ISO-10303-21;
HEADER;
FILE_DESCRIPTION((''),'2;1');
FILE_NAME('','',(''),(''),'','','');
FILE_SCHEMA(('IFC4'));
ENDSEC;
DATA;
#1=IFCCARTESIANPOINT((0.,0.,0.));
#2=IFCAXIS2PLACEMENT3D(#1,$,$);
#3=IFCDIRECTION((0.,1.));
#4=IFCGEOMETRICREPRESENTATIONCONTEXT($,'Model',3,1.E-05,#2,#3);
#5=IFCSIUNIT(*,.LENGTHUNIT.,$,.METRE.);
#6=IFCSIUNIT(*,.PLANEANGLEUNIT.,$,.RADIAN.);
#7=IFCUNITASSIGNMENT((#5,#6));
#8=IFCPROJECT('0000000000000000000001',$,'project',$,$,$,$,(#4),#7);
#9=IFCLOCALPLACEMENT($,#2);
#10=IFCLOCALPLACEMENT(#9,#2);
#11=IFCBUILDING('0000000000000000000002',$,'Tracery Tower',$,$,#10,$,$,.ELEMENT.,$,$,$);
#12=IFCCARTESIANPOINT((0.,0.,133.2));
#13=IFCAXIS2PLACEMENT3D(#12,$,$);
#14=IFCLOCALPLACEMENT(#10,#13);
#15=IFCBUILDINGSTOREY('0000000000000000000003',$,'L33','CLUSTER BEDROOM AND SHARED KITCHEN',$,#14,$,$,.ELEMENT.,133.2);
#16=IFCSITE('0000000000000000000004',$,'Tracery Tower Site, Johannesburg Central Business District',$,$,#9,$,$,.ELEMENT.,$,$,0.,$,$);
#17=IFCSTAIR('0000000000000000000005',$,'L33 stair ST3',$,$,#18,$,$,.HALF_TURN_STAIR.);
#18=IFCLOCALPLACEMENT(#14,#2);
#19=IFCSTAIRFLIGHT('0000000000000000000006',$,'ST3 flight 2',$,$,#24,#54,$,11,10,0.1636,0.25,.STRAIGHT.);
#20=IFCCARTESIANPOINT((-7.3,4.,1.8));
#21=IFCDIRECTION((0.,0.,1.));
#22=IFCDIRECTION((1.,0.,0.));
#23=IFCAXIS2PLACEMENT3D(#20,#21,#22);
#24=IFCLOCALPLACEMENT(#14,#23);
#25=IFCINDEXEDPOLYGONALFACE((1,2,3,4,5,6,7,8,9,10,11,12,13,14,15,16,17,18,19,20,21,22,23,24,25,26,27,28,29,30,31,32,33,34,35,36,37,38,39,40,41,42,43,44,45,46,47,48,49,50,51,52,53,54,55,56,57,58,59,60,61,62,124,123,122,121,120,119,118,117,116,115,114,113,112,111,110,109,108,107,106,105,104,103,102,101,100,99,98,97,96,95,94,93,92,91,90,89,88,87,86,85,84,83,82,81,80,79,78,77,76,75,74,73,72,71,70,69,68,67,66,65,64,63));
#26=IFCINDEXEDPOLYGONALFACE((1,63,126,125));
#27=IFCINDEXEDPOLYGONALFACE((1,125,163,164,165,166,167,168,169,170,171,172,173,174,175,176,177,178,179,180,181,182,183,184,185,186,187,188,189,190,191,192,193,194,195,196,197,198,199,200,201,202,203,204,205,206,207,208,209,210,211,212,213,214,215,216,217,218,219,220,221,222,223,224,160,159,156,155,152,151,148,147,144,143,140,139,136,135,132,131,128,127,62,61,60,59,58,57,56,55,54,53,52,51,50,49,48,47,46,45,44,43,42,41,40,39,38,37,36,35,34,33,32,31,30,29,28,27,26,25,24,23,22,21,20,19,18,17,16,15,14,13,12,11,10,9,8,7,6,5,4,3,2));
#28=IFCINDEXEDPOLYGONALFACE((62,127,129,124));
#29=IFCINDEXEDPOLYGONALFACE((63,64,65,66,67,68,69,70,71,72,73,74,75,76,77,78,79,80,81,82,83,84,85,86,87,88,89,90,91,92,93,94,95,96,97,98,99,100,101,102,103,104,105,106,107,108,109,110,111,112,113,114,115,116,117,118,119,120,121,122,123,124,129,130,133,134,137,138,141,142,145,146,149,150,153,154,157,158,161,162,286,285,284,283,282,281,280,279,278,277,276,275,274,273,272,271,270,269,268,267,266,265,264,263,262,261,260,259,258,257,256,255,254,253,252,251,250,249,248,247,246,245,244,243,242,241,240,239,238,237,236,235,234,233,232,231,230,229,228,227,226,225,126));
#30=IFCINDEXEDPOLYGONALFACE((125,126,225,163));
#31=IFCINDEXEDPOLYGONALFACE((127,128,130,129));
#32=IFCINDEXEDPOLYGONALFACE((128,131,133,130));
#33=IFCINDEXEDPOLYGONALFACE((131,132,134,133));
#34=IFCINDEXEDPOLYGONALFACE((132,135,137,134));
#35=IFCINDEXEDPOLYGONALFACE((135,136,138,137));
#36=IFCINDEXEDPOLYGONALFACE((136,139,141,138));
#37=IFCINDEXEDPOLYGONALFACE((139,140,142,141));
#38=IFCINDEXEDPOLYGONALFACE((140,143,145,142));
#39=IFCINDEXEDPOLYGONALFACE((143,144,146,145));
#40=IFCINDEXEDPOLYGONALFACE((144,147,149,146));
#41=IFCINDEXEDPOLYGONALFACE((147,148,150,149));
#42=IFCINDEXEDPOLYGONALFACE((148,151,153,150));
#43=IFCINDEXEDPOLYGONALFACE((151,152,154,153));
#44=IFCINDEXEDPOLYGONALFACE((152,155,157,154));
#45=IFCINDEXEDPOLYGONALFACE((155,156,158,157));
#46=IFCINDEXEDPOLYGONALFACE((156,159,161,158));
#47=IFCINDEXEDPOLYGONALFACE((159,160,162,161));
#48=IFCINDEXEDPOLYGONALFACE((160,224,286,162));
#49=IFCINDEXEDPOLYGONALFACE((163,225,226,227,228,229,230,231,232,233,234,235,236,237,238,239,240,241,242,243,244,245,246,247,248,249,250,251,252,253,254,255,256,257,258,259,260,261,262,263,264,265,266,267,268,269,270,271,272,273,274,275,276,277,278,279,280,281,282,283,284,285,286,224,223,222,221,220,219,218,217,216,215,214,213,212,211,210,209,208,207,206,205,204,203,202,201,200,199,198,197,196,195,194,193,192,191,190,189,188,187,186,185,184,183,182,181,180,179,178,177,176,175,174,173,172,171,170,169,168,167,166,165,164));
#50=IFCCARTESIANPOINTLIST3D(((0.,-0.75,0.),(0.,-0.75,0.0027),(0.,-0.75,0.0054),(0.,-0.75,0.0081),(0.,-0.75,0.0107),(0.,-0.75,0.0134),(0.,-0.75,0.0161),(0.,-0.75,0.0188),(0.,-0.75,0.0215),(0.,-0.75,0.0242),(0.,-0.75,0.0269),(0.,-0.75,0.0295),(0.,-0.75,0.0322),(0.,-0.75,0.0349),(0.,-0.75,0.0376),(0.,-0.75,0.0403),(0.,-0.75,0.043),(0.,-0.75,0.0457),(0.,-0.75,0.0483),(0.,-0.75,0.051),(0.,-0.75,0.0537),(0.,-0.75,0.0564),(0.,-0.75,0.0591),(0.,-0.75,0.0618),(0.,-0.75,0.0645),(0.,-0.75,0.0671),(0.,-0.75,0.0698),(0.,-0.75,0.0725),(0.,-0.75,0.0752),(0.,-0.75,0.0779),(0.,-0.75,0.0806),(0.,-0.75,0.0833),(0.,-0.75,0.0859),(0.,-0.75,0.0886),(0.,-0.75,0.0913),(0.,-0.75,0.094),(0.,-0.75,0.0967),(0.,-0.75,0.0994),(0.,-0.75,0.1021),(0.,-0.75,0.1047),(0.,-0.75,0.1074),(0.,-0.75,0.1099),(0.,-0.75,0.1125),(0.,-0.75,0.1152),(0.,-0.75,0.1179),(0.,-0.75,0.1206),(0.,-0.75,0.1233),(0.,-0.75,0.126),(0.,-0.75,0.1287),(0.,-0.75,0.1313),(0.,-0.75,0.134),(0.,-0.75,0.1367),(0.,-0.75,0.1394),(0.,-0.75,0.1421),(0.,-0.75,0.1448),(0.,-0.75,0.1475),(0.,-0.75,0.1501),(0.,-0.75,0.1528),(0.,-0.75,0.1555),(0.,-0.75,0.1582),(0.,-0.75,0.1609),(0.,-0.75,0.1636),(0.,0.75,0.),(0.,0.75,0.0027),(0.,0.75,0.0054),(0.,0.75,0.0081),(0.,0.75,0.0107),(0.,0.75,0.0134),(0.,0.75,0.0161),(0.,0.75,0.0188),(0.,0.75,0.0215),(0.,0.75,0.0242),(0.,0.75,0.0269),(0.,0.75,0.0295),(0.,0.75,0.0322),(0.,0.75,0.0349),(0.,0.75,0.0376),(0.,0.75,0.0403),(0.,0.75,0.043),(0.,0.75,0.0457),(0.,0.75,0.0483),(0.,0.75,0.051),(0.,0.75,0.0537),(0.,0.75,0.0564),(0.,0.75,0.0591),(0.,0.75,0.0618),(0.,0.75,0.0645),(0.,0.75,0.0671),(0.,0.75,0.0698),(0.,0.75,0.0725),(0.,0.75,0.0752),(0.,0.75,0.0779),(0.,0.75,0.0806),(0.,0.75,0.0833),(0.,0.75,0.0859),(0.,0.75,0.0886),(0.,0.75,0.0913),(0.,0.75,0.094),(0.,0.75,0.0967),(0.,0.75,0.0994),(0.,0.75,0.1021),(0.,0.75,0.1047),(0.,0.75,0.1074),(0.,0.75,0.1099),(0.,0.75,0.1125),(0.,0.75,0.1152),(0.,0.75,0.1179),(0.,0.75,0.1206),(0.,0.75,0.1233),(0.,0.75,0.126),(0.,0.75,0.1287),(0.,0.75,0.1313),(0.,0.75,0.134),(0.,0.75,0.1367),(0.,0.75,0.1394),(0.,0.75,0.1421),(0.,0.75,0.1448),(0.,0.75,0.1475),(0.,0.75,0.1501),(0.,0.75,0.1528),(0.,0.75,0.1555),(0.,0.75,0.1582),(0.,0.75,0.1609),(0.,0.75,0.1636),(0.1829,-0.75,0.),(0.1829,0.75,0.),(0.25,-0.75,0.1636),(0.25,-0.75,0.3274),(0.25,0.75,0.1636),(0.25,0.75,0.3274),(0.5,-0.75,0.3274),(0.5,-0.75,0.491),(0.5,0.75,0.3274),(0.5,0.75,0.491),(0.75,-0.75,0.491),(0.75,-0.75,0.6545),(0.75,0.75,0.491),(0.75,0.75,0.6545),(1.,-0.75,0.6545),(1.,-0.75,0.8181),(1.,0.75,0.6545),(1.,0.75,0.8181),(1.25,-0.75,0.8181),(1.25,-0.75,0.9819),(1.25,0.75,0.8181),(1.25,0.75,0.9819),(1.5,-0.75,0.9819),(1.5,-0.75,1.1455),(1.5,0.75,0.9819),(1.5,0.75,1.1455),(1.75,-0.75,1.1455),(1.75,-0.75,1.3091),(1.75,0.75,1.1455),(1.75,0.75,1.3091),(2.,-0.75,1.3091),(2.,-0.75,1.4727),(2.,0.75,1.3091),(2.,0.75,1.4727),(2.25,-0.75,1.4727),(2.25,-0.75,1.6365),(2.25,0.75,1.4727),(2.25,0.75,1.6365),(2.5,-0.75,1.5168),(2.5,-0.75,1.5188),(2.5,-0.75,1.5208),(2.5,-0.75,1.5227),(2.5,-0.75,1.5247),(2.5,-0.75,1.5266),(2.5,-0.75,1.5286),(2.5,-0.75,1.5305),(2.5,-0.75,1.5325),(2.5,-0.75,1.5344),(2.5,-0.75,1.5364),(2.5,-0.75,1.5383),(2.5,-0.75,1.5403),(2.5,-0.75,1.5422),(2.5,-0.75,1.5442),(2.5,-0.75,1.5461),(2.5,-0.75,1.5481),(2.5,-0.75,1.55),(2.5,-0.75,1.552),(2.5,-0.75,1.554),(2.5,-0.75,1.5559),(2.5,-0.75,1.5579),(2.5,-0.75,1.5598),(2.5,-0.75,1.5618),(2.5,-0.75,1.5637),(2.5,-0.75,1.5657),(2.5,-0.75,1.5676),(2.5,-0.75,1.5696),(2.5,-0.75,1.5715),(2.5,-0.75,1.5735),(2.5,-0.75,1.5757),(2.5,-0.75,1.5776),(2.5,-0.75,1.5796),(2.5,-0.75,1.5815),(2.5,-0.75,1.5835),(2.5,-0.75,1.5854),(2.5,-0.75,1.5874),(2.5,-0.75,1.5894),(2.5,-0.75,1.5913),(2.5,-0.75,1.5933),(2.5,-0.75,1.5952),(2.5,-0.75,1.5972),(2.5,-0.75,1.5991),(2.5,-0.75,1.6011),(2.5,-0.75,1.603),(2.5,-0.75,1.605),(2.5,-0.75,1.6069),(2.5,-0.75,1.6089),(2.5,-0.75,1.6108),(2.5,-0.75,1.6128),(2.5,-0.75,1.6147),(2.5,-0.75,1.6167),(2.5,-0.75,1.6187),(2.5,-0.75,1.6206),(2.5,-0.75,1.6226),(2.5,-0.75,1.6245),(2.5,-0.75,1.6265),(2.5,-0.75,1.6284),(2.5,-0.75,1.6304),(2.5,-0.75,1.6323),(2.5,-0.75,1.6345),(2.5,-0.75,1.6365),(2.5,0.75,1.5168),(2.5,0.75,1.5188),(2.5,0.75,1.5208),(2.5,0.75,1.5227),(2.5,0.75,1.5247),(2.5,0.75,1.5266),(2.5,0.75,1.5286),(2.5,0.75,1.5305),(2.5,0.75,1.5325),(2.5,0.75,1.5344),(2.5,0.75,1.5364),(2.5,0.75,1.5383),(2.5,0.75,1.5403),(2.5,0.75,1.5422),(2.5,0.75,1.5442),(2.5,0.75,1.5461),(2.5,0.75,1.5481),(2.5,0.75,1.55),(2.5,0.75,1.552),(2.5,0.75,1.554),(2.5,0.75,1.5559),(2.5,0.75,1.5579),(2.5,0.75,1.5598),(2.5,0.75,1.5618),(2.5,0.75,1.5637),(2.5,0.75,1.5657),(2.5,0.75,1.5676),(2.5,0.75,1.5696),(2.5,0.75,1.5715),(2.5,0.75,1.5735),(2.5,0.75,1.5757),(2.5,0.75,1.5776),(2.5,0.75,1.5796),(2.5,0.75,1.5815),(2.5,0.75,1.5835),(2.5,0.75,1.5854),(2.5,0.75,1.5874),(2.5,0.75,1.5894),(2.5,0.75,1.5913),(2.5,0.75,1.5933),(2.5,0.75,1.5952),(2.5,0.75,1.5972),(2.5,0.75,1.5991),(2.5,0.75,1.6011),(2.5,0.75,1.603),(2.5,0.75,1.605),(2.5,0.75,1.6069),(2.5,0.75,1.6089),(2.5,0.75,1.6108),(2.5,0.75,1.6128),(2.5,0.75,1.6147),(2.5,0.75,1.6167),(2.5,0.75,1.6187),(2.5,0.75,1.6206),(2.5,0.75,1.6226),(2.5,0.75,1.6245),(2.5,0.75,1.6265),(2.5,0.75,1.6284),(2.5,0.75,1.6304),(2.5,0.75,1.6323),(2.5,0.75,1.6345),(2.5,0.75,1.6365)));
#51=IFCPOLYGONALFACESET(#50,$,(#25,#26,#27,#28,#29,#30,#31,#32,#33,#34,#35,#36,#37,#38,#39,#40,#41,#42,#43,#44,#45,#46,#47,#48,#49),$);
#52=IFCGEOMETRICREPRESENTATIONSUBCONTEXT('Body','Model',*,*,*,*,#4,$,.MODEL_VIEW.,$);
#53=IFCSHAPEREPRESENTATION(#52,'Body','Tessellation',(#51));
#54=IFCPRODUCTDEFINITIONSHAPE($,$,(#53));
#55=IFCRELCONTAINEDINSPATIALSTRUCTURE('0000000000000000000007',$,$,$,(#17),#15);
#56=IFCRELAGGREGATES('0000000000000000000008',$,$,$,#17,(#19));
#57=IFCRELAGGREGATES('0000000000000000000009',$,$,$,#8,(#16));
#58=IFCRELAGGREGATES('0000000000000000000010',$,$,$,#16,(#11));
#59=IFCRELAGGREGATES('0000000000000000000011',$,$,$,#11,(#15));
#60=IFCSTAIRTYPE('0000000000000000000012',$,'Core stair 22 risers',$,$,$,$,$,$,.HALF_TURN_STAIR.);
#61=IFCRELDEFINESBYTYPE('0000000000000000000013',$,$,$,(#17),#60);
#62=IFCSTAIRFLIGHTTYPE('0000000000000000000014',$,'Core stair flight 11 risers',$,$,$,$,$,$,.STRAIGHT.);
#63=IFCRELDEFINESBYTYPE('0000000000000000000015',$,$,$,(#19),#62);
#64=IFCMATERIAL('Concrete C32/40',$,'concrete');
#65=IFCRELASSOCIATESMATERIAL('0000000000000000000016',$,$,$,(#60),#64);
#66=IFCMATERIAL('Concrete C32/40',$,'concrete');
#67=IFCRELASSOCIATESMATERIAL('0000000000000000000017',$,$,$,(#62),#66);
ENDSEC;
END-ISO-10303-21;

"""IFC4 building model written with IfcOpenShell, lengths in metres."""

from ifc_helpers import new_model, si_unit, direction, frame, origin, place, context, subcontext, project, spatial, polyline, outline, extrude, material, type_object, element, aggregate, save


model = new_model("IFC4")

# Units and contexts
model_context = context("Model", 3, precision=1e-05, world=origin(), true_north=direction((0.0, 1.0)))
body_context = subcontext(model_context, "Body", "Model", "MODEL_VIEW")
ifc_project = project(units=[si_unit("LENGTHUNIT", "METRE"), si_unit("PLANEANGLEUNIT", "RADIAN")], contexts=[model_context])

# Site, building, storey
site_placement = place(None, origin())
site = spatial("IfcSite", under=ifc_project, at=site_placement, Name="Tracery Tower Site, Johannesburg Central Business District", CompositionType="ELEMENT", RefElevation=0.0)
building_placement = place(site_placement, origin())
building = spatial("IfcBuilding", under=site, at=building_placement, Name="Tracery Tower", CompositionType="ELEMENT")
storey_placement = place(building_placement, frame((0.0, 0.0, 133.2)))
storey = spatial("IfcBuildingStorey", under=building, at=storey_placement, Name="L33", Description="CLUSTER BEDROOM AND SHARED KITCHEN", CompositionType="ELEMENT", Elevation=133.2)

# Stair, stair flight
ifc_material_1 = material(Name="Concrete C32/40", Category="concrete")
stair_type = type_object("IfcStairType", Name="Core stair 22 risers", PredefinedType="HALF_TURN_STAIR", material=ifc_material_1)
stair_placement = place(storey_placement, origin())
stair = element("IfcStair", 1, at=stair_placement, inside=storey, type_object=stair_type, Name="L33 stair ST3", PredefinedType="HALF_TURN_STAIR")
ifc_material_2 = material(Name="Concrete C32/40", Category="concrete")
stair_flight_type = type_object("IfcStairFlightType", Name="Core stair flight 11 risers", PredefinedType="STRAIGHT", material=ifc_material_2)
stair_flight_1_placement = place(storey_placement, frame((-7.3, 4.0, 1.8), z_axis=(0.0, 0.0, 1.0), x_axis=(1.0, 0.0, 0.0)))
stair_flight_1 = element("IfcStairFlight", 2, at=stair_flight_1_placement, type_object=stair_flight_type, Name="ST3 flight 2", NumberOfRisers=11, NumberOfTreads=10, PredefinedType="STRAIGHT", RiserHeight=0.1636, TreadLength=0.25, context=body_context, shape_type="SweptSolid", body=[
    extrude(outline(polyline([(0.0, 0.0), (0.0, 0.0027), (0.0, 0.0054), (0.0, 0.0081), (0.0, 0.0107), (0.0, 0.0134), (0.0, 0.0161), (0.0, 0.0188), (0.0, 0.0215), (0.0, 0.0242), (0.0, 0.0269), (0.0, 0.0295), (0.0, 0.0322), (0.0, 0.0349), (0.0, 0.0376), (0.0, 0.0403), (0.0, 0.043), (0.0, 0.0457), (0.0, 0.0483), (0.0, 0.051), (0.0, 0.0537), (0.0, 0.0564), (0.0, 0.0591), (0.0, 0.0618), (0.0, 0.0645), (0.0, 0.0671), (0.0, 0.0698), (0.0, 0.0725), (0.0, 0.0752), (0.0, 0.0779), (0.0, 0.0806), (0.0, 0.0833), (0.0, 0.0859), (0.0, 0.0886), (0.0, 0.0913), (0.0, 0.094), (0.0, 0.0967), (0.0, 0.0994), (0.0, 0.1021), (0.0, 0.1047), (0.0, 0.1074), (0.0, 0.1099), (0.0, 0.1125), (0.0, 0.1152), (0.0, 0.1179), (0.0, 0.1206), (0.0, 0.1233), (0.0, 0.126), (0.0, 0.1287), (0.0, 0.1313), (0.0, 0.134), (0.0, 0.1367), (0.0, 0.1394), (0.0, 0.1421), (0.0, 0.1448), (0.0, 0.1475), (0.0, 0.1501), (0.0, 0.1528), (0.0, 0.1555), (0.0, 0.1582), (0.0, 0.1609), (0.0, 0.1636), (0.25, 0.1636), (0.25, 0.3274), (0.5, 0.3274), (0.5, 0.491), (0.75, 0.491), (0.75, 0.6545), (1.0, 0.6545), (1.0, 0.8181), (1.25, 0.8181), (1.25, 0.9819), (1.5, 0.9819), (1.5, 1.1455), (1.75, 1.1455), (1.75, 1.3091), (2.0, 1.3091), (2.0, 1.4727), (2.25, 1.4727), (2.25, 1.6365), (2.5, 1.6365), (2.5, 1.6345), (2.5, 1.6323), (2.5, 1.6304), (2.5, 1.6284), (2.5, 1.6265), (2.5, 1.6245), (2.5, 1.6226), (2.5, 1.6206), (2.5, 1.6187), (2.5, 1.6167), (2.5, 1.6147), (2.5, 1.6128), (2.5, 1.6108), (2.5, 1.6089), (2.5, 1.6069), (2.5, 1.605), (2.5, 1.603), (2.5, 1.6011), (2.5, 1.5991), (2.5, 1.5972), (2.5, 1.5952), (2.5, 1.5933), (2.5, 1.5913), (2.5, 1.5894), (2.5, 1.5874), (2.5, 1.5854), (2.5, 1.5835), (2.5, 1.5815), (2.5, 1.5796), (2.5, 1.5776), (2.5, 1.5757), (2.5, 1.5735), (2.5, 1.5715), (2.5, 1.5696), (2.5, 1.5676), (2.5, 1.5657), (2.5, 1.5637), (2.5, 1.5618), (2.5, 1.5598), (2.5, 1.5579), (2.5, 1.5559), (2.5, 1.554), (2.5, 1.552), (2.5, 1.55), (2.5, 1.5481), (2.5, 1.5461), (2.5, 1.5442), (2.5, 1.5422), (2.5, 1.5403), (2.5, 1.5383), (2.5, 1.5364), (2.5, 1.5344), (2.5, 1.5325), (2.5, 1.5305), (2.5, 1.5286), (2.5, 1.5266), (2.5, 1.5247), (2.5, 1.5227), (2.5, 1.5208), (2.5, 1.5188), (2.5, 1.5168), (0.1829, 0.0), (0.0, 0.0)])), frame((0.0, 0.75, 0.0), z_axis=(0.0, -1.0, 0.0), x_axis=(1.0, 0.0, 0.0)), (0.0, 0.0, 1.0), 1.5),
])
aggregate(stair, [stair_flight_1])

save(model, "model.ifc")
